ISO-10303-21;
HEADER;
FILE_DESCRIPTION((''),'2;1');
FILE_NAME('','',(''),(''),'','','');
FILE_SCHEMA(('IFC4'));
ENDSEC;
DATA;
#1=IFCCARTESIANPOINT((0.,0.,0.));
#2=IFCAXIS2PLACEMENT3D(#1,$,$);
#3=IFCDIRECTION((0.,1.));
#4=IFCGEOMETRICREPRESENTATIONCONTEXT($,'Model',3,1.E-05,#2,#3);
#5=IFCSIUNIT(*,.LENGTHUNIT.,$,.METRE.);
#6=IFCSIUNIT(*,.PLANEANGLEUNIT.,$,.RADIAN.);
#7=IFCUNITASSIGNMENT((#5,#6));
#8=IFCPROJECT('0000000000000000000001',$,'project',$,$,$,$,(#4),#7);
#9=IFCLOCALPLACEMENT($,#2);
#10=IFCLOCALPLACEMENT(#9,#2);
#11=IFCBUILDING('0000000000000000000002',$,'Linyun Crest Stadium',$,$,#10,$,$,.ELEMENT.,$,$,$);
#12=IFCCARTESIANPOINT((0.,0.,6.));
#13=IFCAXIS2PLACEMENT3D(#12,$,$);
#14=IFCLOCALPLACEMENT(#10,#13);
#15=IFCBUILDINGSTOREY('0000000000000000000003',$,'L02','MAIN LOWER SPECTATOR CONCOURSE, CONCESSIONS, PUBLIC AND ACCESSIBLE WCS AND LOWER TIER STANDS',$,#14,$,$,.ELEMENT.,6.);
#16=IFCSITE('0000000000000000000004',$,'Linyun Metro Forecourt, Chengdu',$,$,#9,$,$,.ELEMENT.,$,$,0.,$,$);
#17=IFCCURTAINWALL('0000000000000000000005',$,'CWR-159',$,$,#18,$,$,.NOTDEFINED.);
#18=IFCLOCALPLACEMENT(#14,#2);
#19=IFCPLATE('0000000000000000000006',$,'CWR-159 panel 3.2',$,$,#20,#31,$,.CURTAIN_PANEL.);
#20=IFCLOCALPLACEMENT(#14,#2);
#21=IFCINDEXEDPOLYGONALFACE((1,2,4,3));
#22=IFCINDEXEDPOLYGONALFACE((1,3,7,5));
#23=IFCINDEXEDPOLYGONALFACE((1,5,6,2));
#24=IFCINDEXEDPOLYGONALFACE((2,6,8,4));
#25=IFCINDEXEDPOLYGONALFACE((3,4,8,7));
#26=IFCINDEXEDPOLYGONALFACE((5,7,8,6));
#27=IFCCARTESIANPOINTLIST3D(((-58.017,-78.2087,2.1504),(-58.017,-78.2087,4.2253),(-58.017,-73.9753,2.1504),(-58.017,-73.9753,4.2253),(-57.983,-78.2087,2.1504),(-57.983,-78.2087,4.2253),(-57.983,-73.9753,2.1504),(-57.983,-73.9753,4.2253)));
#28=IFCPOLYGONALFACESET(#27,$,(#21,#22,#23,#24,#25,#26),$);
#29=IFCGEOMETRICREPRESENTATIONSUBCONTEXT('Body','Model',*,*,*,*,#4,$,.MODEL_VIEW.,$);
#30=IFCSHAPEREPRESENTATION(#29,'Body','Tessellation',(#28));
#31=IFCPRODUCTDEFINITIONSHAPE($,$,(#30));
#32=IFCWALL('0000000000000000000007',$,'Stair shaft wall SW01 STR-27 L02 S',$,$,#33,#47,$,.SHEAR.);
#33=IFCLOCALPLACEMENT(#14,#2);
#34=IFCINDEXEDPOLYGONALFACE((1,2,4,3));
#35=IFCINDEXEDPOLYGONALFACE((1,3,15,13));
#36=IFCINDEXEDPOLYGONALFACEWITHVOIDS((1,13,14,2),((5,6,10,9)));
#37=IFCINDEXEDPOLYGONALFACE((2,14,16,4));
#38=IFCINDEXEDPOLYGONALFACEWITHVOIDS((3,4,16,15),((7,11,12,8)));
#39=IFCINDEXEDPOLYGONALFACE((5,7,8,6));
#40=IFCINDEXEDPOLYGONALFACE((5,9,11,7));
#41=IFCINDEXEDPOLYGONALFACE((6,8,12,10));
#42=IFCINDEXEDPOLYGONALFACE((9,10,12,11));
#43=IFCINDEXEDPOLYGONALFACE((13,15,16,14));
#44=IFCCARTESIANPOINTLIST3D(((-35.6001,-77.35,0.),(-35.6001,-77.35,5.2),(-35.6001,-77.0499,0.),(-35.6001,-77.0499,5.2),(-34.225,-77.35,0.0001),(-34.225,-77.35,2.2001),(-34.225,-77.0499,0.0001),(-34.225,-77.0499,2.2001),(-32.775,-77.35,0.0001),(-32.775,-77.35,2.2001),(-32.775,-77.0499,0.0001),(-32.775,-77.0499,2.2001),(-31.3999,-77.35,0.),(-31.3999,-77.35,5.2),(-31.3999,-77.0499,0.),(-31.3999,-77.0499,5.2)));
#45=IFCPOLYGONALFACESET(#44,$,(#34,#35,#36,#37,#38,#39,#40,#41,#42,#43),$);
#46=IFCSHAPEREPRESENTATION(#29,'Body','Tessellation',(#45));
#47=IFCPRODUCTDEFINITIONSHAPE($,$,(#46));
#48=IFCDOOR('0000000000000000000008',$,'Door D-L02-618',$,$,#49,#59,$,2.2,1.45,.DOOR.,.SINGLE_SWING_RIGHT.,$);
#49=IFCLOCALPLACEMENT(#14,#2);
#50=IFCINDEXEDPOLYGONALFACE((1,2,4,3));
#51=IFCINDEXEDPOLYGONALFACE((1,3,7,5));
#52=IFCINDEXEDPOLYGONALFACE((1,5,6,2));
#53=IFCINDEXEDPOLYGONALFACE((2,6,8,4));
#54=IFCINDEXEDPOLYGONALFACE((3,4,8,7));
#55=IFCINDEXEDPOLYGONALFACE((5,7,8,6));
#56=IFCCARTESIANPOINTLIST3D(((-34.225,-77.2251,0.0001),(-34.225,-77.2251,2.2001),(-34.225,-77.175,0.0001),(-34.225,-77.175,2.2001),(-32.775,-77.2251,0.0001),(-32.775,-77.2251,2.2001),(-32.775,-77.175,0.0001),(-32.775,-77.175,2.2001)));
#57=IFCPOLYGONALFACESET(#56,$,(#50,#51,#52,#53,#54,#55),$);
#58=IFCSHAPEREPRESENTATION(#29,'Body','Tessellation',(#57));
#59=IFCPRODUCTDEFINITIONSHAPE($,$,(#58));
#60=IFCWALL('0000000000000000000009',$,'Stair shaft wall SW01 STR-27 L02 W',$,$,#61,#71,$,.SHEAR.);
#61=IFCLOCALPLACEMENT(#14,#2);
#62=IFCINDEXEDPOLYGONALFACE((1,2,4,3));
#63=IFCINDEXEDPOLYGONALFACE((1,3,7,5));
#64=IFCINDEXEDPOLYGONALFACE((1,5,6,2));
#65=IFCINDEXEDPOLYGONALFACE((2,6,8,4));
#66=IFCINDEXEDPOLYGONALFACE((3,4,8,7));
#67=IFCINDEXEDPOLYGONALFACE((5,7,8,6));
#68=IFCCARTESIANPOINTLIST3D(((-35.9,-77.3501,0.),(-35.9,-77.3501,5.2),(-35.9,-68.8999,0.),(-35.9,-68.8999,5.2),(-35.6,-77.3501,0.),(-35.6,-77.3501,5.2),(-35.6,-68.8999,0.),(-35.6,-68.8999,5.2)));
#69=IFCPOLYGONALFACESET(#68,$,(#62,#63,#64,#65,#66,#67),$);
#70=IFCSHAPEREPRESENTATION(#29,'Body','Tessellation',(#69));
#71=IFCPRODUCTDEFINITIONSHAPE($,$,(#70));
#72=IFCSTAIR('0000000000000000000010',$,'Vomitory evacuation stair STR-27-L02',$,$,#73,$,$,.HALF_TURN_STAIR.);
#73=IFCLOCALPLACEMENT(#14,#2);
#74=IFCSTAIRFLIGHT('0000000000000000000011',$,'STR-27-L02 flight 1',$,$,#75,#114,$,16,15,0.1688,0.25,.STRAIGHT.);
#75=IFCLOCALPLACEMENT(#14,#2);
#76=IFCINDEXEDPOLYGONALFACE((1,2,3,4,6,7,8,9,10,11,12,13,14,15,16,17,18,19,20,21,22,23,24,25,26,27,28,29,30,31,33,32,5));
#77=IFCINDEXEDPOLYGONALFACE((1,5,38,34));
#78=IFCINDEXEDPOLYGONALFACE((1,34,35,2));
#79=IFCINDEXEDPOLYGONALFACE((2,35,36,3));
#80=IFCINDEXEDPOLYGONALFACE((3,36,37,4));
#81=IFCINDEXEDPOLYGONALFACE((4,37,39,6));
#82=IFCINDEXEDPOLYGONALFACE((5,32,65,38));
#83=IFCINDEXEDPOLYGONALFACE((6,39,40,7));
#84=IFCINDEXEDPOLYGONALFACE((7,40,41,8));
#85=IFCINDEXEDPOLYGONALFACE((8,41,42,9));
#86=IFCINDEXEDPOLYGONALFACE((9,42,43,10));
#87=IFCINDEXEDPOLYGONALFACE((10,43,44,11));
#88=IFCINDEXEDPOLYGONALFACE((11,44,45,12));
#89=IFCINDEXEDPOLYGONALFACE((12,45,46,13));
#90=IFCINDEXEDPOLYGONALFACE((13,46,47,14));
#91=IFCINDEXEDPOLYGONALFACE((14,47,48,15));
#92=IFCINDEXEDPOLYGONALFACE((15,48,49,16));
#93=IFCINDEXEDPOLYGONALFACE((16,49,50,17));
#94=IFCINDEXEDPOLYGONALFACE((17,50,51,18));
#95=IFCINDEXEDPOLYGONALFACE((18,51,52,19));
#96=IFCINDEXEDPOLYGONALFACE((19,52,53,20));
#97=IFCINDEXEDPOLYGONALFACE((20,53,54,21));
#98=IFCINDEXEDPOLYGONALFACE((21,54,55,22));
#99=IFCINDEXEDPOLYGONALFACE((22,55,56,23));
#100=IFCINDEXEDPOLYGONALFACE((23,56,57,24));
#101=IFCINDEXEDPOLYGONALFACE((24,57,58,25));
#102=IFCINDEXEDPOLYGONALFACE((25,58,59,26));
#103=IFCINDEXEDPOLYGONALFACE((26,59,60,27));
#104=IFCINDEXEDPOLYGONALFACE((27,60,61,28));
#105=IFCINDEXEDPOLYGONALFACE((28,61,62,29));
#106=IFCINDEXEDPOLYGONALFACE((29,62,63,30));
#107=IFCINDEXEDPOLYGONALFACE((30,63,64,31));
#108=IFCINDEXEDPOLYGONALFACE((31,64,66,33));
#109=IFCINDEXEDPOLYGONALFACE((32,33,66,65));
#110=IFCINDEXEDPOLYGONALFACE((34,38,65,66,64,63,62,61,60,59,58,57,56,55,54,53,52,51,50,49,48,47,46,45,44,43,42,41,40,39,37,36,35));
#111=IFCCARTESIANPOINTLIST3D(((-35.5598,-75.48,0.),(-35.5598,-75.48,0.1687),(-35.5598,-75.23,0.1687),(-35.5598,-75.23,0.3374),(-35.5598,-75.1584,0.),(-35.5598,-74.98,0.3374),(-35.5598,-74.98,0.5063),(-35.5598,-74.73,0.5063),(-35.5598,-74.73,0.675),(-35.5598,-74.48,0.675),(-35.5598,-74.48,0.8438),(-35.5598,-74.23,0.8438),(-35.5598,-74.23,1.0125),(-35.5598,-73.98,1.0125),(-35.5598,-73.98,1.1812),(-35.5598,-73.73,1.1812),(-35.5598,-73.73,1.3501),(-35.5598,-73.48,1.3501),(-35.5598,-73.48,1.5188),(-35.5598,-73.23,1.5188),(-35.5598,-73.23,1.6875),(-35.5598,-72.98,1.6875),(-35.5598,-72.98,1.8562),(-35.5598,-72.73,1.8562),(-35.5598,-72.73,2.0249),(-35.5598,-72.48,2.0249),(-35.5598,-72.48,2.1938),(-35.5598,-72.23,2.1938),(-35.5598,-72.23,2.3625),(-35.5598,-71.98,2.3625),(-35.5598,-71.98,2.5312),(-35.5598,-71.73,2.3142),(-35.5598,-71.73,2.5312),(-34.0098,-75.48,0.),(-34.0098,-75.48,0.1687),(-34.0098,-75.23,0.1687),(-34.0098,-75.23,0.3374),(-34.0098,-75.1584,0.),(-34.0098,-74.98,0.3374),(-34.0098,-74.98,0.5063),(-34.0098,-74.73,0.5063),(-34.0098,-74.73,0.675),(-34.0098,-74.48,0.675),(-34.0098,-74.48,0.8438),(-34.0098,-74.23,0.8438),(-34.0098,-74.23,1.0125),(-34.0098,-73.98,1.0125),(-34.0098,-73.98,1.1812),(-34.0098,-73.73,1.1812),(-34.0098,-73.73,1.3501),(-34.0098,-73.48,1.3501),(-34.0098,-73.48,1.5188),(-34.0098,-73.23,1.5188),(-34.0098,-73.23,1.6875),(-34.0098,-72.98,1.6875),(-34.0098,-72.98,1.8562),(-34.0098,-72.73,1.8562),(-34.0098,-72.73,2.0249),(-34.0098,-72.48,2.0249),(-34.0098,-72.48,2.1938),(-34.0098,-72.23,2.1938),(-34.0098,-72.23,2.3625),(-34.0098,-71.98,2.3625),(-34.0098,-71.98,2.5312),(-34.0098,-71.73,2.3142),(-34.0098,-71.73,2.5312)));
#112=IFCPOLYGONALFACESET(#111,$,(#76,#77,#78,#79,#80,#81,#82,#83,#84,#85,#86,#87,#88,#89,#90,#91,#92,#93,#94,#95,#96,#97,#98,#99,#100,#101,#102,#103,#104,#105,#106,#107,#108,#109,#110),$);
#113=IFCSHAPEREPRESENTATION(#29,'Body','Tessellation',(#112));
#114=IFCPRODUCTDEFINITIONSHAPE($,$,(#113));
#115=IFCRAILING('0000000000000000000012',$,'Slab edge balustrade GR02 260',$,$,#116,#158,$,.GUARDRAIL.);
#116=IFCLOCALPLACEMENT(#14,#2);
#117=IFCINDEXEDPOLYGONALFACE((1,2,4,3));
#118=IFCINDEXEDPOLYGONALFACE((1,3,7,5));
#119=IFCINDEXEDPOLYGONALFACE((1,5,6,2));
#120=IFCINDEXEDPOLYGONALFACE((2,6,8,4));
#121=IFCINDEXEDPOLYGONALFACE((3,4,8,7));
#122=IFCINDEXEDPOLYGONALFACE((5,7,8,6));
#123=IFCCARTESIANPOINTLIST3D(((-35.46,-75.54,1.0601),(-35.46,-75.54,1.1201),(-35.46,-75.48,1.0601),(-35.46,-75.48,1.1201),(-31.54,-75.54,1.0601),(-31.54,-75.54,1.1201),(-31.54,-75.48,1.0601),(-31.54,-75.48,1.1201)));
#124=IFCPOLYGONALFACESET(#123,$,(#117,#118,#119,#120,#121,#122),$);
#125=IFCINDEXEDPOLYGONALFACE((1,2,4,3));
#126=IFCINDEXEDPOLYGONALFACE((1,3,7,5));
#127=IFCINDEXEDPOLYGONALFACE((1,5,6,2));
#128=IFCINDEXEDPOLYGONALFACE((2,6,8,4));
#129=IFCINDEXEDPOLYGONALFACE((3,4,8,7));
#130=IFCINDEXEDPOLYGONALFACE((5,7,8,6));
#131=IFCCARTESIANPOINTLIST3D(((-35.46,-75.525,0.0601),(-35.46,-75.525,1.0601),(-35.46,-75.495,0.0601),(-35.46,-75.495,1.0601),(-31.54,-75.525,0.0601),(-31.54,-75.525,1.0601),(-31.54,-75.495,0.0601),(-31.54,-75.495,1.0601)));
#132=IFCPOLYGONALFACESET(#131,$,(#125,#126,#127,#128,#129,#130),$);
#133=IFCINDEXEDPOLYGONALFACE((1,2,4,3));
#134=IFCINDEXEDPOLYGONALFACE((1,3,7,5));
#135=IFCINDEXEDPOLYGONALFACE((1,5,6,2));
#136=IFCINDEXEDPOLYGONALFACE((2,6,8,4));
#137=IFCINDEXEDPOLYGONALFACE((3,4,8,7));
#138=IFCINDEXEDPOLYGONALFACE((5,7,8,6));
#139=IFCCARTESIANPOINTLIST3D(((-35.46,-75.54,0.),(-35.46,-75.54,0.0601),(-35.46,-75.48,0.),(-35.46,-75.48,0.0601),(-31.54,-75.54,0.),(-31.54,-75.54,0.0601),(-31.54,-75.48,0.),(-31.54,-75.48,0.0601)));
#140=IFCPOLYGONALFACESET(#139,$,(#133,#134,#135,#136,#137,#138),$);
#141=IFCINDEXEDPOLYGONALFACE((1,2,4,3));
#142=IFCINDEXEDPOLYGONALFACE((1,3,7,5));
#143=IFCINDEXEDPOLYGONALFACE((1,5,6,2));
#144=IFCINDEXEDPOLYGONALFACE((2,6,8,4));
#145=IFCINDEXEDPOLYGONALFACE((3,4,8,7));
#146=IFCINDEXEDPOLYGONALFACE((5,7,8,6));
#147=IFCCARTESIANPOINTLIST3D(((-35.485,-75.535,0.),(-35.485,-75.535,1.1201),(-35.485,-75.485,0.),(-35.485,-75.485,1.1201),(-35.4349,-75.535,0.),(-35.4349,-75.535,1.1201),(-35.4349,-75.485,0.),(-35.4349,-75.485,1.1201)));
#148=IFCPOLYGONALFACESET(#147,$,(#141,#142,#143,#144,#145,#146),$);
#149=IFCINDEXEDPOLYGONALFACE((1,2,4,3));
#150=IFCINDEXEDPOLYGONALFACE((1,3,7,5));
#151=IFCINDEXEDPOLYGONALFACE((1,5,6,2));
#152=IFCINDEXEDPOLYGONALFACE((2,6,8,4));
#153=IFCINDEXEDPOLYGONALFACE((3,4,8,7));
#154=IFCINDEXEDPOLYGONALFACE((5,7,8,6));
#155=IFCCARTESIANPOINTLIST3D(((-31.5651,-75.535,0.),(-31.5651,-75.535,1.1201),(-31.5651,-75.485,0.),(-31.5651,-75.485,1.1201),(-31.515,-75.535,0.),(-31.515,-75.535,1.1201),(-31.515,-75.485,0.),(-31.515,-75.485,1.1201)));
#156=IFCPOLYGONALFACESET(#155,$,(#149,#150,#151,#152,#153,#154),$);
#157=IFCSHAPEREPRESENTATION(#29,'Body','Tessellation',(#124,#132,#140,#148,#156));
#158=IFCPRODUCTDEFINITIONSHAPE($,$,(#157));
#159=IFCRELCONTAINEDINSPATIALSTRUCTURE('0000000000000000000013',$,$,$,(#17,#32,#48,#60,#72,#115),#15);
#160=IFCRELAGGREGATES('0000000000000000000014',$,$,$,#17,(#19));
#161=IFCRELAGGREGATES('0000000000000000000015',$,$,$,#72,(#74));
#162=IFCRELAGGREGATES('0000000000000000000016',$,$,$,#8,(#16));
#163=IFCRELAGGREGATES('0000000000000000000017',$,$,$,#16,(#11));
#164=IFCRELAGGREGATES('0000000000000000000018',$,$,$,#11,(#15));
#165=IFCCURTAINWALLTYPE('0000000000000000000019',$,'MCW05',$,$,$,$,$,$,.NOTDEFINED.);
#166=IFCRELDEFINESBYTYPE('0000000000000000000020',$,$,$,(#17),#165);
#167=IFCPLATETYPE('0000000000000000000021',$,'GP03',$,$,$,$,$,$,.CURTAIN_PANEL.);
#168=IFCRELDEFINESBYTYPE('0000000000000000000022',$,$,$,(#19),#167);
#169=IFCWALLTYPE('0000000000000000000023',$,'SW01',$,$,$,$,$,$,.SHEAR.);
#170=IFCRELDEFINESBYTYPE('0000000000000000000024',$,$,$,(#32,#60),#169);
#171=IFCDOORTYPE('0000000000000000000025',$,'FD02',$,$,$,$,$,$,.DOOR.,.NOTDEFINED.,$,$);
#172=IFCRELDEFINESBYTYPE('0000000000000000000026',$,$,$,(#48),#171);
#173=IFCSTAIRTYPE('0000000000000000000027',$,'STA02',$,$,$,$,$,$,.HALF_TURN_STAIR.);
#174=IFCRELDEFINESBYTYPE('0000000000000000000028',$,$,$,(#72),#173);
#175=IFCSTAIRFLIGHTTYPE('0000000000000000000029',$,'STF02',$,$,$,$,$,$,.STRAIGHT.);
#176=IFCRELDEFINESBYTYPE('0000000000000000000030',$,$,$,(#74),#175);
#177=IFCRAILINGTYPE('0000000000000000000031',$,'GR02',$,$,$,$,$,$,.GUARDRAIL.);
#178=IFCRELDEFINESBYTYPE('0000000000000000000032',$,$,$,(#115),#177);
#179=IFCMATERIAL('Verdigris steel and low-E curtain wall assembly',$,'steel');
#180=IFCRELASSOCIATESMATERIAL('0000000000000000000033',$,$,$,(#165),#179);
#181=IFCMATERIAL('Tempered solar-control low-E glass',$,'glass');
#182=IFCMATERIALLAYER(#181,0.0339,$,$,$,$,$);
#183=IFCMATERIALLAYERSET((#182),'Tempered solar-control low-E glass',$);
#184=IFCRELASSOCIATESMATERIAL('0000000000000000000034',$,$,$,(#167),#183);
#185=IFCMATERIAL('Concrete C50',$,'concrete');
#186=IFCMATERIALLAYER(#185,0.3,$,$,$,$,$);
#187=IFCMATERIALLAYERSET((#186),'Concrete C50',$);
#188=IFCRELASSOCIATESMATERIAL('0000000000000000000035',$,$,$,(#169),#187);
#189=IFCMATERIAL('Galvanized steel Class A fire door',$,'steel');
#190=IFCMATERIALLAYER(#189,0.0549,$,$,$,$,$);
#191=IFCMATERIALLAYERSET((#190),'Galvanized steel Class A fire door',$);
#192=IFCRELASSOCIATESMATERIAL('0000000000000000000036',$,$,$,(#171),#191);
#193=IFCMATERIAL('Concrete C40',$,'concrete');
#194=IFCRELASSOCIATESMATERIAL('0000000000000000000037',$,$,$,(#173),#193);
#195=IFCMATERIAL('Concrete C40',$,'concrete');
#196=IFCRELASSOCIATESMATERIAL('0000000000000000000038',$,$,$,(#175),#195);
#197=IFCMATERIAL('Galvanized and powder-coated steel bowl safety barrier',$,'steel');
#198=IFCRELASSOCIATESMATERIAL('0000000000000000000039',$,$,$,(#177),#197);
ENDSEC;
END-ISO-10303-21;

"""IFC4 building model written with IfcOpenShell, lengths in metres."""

from ifc_helpers import new_model, si_unit, direction, frame, frame_2d, origin, origin_2d, place, context, subcontext, project, spatial, polyline, rectangle, outline, extrude, material, layer, layer_set, type_object, element, fill, aggregate, save


model = new_model("IFC4")

# Units and contexts
model_context = context("Model", 3, precision=1e-05, world=origin(), true_north=direction((0.0, 1.0)))
body_context = subcontext(model_context, "Body", "Model", "MODEL_VIEW")
ifc_project = project(units=[si_unit("LENGTHUNIT", "METRE"), si_unit("PLANEANGLEUNIT", "RADIAN")], contexts=[model_context])

# Site, building, storey
site_placement = place(None, origin())
site = spatial("IfcSite", under=ifc_project, at=site_placement, Name="Linyun Metro Forecourt, Chengdu", CompositionType="ELEMENT", RefElevation=0.0)
building_placement = place(site_placement, origin())
building = spatial("IfcBuilding", under=site, at=building_placement, Name="Linyun Crest Stadium", CompositionType="ELEMENT")
storey_placement = place(building_placement, frame((0.0, 0.0, 6.0)))
storey = spatial("IfcBuildingStorey", under=building, at=storey_placement, Name="L02", Description="MAIN LOWER SPECTATOR CONCOURSE, CONCESSIONS, PUBLIC AND ACCESSIBLE WCS AND LOWER TIER STANDS", CompositionType="ELEMENT", Elevation=6.0)

# Shared definitions
ifc_material_1 = material(Name="Verdigris steel and low-E curtain wall assembly", Category="steel")
curtain_wall_type = type_object("IfcCurtainWallType", Name="MCW05", PredefinedType="NOTDEFINED", material=ifc_material_1)

# Curtain wall, plate
curtain_wall_1_placement = place(storey_placement, origin())
curtain_wall_1 = element("IfcCurtainWall", 1, at=curtain_wall_1_placement, inside=storey, type_object=curtain_wall_type, Name="CWR-159", PredefinedType="NOTDEFINED")
ifc_material_2 = material(Name="Tempered solar-control low-E glass", Category="glass")
ifc_layer_1 = layer(ifc_material_2, 0.0339)
ifc_layer_set_1 = layer_set([ifc_layer_1], Name="Tempered solar-control low-E glass")
plate_type = type_object("IfcPlateType", Name="GP03", PredefinedType="CURTAIN_PANEL", material=ifc_layer_set_1)
plate_1_placement = place(storey_placement, frame((-58.0, -76.092, 2.1504), z_axis=(0.0, 0.0, 1.0), x_axis=(0.0, 1.0, 0.0)))
plate_1 = element("IfcPlate", 2, at=plate_1_placement, type_object=plate_type, Name="CWR-159 panel 3.2", PredefinedType="CURTAIN_PANEL", context=body_context, shape_type="SweptSolid", body=[
    extrude(rectangle(XDim=4.2334, YDim=0.0339, at=origin_2d()), origin(), (0.0, 0.0, 1.0), 2.075),
])
aggregate(curtain_wall_1, [plate_1])

# Wall, opening, door
ifc_material_3 = material(Name="Concrete C50", Category="concrete")
ifc_layer_2 = layer(ifc_material_3, 0.3)
ifc_layer_set_2 = layer_set([ifc_layer_2], Name="Concrete C50")
wall_type = type_object("IfcWallType", Name="SW01", PredefinedType="SHEAR", material=ifc_layer_set_2)
wall_1_placement = place(storey_placement, frame((-35.6001, -77.2, 0.0), z_axis=(0.0, 0.0, 1.0), x_axis=(1.0, 0.0, 0.0)))
wall_1 = element("IfcWall", 3, at=wall_1_placement, inside=storey, type_object=wall_type, Name="Stair shaft wall SW01 STR-27 L02 S", PredefinedType="SHEAR", context=body_context, shape_type="SweptSolid", body=[
    extrude(rectangle(XDim=4.2002, YDim=0.3, at=frame_2d((2.1001, 0.0))), origin(), (0.0, 0.0, 1.0), 5.2),
])
opening_placement = place(wall_1_placement, frame((1.375, 0.0, 0.0)))
opening = element("IfcOpeningElement", 4, at=opening_placement, cuts=wall_1, PredefinedType="OPENING", context=body_context, shape_type="SweptSolid", body=[
    extrude(rectangle(XDim=1.45, YDim=2.2, at=frame_2d((0.7251, 1.1001))), frame((0.0, 0.1599, 0.0), z_axis=(0.0, -1.0, 0.0), x_axis=(1.0, 0.0, 0.0)), (0.0, 0.0, 1.0), 0.3201),
])
ifc_material_4 = material(Name="Galvanized steel Class A fire door", Category="steel")
ifc_layer_3 = layer(ifc_material_4, 0.0549)
ifc_layer_set_3 = layer_set([ifc_layer_3], Name="Galvanized steel Class A fire door")
door_type = type_object("IfcDoorType", Name="FD02", OperationType="NOTDEFINED", PredefinedType="DOOR", material=ifc_layer_set_3)
door_placement = place(opening_placement, origin())
door = element("IfcDoor", 5, at=door_placement, inside=storey, type_object=door_type, Name="Door D-L02-618", OperationType="SINGLE_SWING_RIGHT", OverallHeight=2.2, OverallWidth=1.45, PredefinedType="DOOR", context=body_context, shape_type="SweptSolid", body=[
    extrude(rectangle(XDim=1.45, YDim=2.2, at=frame_2d((0.7251, 1.1001))), frame((0.0, 0.0249, 0.0), z_axis=(0.0, -1.0, 0.0), x_axis=(1.0, 0.0, 0.0)), (0.0, 0.0, 1.0), 0.05),
])
fill(opening, door)

# Wall
wall_2_placement = place(storey_placement, frame((-35.75, -77.3501, 0.0), z_axis=(0.0, 0.0, 1.0), x_axis=(0.0, 1.0, 0.0)))
element("IfcWall", 6, at=wall_2_placement, inside=storey, type_object=wall_type, Name="Stair shaft wall SW01 STR-27 L02 W", PredefinedType="SHEAR", context=body_context, shape_type="SweptSolid", body=[
    extrude(rectangle(XDim=8.4502, YDim=0.3, at=frame_2d((4.2251, 0.0))), origin(), (0.0, 0.0, 1.0), 5.2),
])

# Stair, stair flight
ifc_material_5 = material(Name="Concrete C40", Category="concrete")
stair_type = type_object("IfcStairType", Name="STA02", PredefinedType="HALF_TURN_STAIR", material=ifc_material_5)
stair_placement = place(storey_placement, origin())
stair = element("IfcStair", 7, at=stair_placement, inside=storey, type_object=stair_type, Name="Vomitory evacuation stair STR-27-L02", PredefinedType="HALF_TURN_STAIR")
ifc_material_6 = material(Name="Concrete C40", Category="concrete")
stair_flight_type = type_object("IfcStairFlightType", Name="STF02", PredefinedType="STRAIGHT", material=ifc_material_6)
stair_flight_placement = place(storey_placement, frame((-34.7849, -75.48, 0.0), z_axis=(0.0, 0.0, 1.0), x_axis=(0.0, 1.0, 0.0)))
stair_flight = element("IfcStairFlight", 8, at=stair_flight_placement, type_object=stair_flight_type, Name="STR-27-L02 flight 1", NumberOfRisers=16, NumberOfTreads=15, PredefinedType="STRAIGHT", RiserHeight=0.1688, TreadLength=0.25, context=body_context, shape_type="SweptSolid", body=[
    extrude(outline(polyline([(0.0, 0.0), (0.0, 0.1687), (0.25, 0.1687), (0.25, 0.3374), (0.5, 0.3374), (0.5, 0.5063), (0.75, 0.5063), (0.75, 0.675), (1.0, 0.675), (1.0, 0.8438), (1.25, 0.8438), (1.25, 1.0125), (1.5, 1.0125), (1.5, 1.1812), (1.75, 1.1812), (1.75, 1.3501), (2.0, 1.3501), (2.0, 1.5188), (2.25, 1.5188), (2.25, 1.6875), (2.5, 1.6875), (2.5, 1.8562), (2.75, 1.8562), (2.75, 2.0249), (3.0, 2.0249), (3.0, 2.1938), (3.25, 2.1938), (3.25, 2.3625), (3.5, 2.3625), (3.5, 2.5312), (3.75, 2.5312), (3.75, 2.7), (3.75, 2.3142), (0.3215, 0.0), (0.0, 0.0)])), frame((0.0, 0.7749, 0.0), z_axis=(0.0, -1.0, 0.0), x_axis=(1.0, 0.0, 0.0)), (0.0, 0.0, 1.0), 1.55),
])
aggregate(stair, [stair_flight])

# Railing
ifc_material_7 = material(Name="Galvanized and powder-coated steel bowl safety barrier", Category="steel")
railing_type_1 = type_object("IfcRailingType", Name="GR02", PredefinedType="GUARDRAIL", material=ifc_material_7)
railing_1_placement = place(storey_placement, frame((-35.46, -75.51, 0.0)))
element("IfcRailing", 9, at=railing_1_placement, inside=storey, type_object=railing_type_1, Name="Slab edge balustrade GR02 260", PredefinedType="GUARDRAIL", context=body_context, shape_type="SweptSolid", body=[
    extrude(rectangle(XDim=0.0601, YDim=0.0601, at=origin_2d()), frame((0.0, 0.0, 1.0901), z_axis=(1.0, 0.0, 0.0), x_axis=(0.0, 1.0, 0.0)), (0.0, 0.0, 1.0), 3.9199),
    extrude(rectangle(XDim=0.03, YDim=1.0, at=origin_2d()), frame((0.0, 0.0, 0.5601), z_axis=(1.0, 0.0, 0.0), x_axis=(0.0, 1.0, 0.0)), (0.0, 0.0, 1.0), 3.9199),
    extrude(rectangle(XDim=0.0601, YDim=0.0601, at=origin_2d()), frame((0.0, 0.0, 0.03), z_axis=(1.0, 0.0, 0.0), x_axis=(0.0, 1.0, 0.0)), (0.0, 0.0, 1.0), 3.9199),
    extrude(rectangle(XDim=0.05, YDim=0.05, at=origin_2d()), origin(), (0.0, 0.0, 1.0), 1.1201),
    extrude(rectangle(XDim=0.05, YDim=0.05, at=origin_2d()), frame((3.9199, 0.0, 0.0)), (0.0, 0.0, 1.0), 1.1201),
])

save(model, "model.ifc")
